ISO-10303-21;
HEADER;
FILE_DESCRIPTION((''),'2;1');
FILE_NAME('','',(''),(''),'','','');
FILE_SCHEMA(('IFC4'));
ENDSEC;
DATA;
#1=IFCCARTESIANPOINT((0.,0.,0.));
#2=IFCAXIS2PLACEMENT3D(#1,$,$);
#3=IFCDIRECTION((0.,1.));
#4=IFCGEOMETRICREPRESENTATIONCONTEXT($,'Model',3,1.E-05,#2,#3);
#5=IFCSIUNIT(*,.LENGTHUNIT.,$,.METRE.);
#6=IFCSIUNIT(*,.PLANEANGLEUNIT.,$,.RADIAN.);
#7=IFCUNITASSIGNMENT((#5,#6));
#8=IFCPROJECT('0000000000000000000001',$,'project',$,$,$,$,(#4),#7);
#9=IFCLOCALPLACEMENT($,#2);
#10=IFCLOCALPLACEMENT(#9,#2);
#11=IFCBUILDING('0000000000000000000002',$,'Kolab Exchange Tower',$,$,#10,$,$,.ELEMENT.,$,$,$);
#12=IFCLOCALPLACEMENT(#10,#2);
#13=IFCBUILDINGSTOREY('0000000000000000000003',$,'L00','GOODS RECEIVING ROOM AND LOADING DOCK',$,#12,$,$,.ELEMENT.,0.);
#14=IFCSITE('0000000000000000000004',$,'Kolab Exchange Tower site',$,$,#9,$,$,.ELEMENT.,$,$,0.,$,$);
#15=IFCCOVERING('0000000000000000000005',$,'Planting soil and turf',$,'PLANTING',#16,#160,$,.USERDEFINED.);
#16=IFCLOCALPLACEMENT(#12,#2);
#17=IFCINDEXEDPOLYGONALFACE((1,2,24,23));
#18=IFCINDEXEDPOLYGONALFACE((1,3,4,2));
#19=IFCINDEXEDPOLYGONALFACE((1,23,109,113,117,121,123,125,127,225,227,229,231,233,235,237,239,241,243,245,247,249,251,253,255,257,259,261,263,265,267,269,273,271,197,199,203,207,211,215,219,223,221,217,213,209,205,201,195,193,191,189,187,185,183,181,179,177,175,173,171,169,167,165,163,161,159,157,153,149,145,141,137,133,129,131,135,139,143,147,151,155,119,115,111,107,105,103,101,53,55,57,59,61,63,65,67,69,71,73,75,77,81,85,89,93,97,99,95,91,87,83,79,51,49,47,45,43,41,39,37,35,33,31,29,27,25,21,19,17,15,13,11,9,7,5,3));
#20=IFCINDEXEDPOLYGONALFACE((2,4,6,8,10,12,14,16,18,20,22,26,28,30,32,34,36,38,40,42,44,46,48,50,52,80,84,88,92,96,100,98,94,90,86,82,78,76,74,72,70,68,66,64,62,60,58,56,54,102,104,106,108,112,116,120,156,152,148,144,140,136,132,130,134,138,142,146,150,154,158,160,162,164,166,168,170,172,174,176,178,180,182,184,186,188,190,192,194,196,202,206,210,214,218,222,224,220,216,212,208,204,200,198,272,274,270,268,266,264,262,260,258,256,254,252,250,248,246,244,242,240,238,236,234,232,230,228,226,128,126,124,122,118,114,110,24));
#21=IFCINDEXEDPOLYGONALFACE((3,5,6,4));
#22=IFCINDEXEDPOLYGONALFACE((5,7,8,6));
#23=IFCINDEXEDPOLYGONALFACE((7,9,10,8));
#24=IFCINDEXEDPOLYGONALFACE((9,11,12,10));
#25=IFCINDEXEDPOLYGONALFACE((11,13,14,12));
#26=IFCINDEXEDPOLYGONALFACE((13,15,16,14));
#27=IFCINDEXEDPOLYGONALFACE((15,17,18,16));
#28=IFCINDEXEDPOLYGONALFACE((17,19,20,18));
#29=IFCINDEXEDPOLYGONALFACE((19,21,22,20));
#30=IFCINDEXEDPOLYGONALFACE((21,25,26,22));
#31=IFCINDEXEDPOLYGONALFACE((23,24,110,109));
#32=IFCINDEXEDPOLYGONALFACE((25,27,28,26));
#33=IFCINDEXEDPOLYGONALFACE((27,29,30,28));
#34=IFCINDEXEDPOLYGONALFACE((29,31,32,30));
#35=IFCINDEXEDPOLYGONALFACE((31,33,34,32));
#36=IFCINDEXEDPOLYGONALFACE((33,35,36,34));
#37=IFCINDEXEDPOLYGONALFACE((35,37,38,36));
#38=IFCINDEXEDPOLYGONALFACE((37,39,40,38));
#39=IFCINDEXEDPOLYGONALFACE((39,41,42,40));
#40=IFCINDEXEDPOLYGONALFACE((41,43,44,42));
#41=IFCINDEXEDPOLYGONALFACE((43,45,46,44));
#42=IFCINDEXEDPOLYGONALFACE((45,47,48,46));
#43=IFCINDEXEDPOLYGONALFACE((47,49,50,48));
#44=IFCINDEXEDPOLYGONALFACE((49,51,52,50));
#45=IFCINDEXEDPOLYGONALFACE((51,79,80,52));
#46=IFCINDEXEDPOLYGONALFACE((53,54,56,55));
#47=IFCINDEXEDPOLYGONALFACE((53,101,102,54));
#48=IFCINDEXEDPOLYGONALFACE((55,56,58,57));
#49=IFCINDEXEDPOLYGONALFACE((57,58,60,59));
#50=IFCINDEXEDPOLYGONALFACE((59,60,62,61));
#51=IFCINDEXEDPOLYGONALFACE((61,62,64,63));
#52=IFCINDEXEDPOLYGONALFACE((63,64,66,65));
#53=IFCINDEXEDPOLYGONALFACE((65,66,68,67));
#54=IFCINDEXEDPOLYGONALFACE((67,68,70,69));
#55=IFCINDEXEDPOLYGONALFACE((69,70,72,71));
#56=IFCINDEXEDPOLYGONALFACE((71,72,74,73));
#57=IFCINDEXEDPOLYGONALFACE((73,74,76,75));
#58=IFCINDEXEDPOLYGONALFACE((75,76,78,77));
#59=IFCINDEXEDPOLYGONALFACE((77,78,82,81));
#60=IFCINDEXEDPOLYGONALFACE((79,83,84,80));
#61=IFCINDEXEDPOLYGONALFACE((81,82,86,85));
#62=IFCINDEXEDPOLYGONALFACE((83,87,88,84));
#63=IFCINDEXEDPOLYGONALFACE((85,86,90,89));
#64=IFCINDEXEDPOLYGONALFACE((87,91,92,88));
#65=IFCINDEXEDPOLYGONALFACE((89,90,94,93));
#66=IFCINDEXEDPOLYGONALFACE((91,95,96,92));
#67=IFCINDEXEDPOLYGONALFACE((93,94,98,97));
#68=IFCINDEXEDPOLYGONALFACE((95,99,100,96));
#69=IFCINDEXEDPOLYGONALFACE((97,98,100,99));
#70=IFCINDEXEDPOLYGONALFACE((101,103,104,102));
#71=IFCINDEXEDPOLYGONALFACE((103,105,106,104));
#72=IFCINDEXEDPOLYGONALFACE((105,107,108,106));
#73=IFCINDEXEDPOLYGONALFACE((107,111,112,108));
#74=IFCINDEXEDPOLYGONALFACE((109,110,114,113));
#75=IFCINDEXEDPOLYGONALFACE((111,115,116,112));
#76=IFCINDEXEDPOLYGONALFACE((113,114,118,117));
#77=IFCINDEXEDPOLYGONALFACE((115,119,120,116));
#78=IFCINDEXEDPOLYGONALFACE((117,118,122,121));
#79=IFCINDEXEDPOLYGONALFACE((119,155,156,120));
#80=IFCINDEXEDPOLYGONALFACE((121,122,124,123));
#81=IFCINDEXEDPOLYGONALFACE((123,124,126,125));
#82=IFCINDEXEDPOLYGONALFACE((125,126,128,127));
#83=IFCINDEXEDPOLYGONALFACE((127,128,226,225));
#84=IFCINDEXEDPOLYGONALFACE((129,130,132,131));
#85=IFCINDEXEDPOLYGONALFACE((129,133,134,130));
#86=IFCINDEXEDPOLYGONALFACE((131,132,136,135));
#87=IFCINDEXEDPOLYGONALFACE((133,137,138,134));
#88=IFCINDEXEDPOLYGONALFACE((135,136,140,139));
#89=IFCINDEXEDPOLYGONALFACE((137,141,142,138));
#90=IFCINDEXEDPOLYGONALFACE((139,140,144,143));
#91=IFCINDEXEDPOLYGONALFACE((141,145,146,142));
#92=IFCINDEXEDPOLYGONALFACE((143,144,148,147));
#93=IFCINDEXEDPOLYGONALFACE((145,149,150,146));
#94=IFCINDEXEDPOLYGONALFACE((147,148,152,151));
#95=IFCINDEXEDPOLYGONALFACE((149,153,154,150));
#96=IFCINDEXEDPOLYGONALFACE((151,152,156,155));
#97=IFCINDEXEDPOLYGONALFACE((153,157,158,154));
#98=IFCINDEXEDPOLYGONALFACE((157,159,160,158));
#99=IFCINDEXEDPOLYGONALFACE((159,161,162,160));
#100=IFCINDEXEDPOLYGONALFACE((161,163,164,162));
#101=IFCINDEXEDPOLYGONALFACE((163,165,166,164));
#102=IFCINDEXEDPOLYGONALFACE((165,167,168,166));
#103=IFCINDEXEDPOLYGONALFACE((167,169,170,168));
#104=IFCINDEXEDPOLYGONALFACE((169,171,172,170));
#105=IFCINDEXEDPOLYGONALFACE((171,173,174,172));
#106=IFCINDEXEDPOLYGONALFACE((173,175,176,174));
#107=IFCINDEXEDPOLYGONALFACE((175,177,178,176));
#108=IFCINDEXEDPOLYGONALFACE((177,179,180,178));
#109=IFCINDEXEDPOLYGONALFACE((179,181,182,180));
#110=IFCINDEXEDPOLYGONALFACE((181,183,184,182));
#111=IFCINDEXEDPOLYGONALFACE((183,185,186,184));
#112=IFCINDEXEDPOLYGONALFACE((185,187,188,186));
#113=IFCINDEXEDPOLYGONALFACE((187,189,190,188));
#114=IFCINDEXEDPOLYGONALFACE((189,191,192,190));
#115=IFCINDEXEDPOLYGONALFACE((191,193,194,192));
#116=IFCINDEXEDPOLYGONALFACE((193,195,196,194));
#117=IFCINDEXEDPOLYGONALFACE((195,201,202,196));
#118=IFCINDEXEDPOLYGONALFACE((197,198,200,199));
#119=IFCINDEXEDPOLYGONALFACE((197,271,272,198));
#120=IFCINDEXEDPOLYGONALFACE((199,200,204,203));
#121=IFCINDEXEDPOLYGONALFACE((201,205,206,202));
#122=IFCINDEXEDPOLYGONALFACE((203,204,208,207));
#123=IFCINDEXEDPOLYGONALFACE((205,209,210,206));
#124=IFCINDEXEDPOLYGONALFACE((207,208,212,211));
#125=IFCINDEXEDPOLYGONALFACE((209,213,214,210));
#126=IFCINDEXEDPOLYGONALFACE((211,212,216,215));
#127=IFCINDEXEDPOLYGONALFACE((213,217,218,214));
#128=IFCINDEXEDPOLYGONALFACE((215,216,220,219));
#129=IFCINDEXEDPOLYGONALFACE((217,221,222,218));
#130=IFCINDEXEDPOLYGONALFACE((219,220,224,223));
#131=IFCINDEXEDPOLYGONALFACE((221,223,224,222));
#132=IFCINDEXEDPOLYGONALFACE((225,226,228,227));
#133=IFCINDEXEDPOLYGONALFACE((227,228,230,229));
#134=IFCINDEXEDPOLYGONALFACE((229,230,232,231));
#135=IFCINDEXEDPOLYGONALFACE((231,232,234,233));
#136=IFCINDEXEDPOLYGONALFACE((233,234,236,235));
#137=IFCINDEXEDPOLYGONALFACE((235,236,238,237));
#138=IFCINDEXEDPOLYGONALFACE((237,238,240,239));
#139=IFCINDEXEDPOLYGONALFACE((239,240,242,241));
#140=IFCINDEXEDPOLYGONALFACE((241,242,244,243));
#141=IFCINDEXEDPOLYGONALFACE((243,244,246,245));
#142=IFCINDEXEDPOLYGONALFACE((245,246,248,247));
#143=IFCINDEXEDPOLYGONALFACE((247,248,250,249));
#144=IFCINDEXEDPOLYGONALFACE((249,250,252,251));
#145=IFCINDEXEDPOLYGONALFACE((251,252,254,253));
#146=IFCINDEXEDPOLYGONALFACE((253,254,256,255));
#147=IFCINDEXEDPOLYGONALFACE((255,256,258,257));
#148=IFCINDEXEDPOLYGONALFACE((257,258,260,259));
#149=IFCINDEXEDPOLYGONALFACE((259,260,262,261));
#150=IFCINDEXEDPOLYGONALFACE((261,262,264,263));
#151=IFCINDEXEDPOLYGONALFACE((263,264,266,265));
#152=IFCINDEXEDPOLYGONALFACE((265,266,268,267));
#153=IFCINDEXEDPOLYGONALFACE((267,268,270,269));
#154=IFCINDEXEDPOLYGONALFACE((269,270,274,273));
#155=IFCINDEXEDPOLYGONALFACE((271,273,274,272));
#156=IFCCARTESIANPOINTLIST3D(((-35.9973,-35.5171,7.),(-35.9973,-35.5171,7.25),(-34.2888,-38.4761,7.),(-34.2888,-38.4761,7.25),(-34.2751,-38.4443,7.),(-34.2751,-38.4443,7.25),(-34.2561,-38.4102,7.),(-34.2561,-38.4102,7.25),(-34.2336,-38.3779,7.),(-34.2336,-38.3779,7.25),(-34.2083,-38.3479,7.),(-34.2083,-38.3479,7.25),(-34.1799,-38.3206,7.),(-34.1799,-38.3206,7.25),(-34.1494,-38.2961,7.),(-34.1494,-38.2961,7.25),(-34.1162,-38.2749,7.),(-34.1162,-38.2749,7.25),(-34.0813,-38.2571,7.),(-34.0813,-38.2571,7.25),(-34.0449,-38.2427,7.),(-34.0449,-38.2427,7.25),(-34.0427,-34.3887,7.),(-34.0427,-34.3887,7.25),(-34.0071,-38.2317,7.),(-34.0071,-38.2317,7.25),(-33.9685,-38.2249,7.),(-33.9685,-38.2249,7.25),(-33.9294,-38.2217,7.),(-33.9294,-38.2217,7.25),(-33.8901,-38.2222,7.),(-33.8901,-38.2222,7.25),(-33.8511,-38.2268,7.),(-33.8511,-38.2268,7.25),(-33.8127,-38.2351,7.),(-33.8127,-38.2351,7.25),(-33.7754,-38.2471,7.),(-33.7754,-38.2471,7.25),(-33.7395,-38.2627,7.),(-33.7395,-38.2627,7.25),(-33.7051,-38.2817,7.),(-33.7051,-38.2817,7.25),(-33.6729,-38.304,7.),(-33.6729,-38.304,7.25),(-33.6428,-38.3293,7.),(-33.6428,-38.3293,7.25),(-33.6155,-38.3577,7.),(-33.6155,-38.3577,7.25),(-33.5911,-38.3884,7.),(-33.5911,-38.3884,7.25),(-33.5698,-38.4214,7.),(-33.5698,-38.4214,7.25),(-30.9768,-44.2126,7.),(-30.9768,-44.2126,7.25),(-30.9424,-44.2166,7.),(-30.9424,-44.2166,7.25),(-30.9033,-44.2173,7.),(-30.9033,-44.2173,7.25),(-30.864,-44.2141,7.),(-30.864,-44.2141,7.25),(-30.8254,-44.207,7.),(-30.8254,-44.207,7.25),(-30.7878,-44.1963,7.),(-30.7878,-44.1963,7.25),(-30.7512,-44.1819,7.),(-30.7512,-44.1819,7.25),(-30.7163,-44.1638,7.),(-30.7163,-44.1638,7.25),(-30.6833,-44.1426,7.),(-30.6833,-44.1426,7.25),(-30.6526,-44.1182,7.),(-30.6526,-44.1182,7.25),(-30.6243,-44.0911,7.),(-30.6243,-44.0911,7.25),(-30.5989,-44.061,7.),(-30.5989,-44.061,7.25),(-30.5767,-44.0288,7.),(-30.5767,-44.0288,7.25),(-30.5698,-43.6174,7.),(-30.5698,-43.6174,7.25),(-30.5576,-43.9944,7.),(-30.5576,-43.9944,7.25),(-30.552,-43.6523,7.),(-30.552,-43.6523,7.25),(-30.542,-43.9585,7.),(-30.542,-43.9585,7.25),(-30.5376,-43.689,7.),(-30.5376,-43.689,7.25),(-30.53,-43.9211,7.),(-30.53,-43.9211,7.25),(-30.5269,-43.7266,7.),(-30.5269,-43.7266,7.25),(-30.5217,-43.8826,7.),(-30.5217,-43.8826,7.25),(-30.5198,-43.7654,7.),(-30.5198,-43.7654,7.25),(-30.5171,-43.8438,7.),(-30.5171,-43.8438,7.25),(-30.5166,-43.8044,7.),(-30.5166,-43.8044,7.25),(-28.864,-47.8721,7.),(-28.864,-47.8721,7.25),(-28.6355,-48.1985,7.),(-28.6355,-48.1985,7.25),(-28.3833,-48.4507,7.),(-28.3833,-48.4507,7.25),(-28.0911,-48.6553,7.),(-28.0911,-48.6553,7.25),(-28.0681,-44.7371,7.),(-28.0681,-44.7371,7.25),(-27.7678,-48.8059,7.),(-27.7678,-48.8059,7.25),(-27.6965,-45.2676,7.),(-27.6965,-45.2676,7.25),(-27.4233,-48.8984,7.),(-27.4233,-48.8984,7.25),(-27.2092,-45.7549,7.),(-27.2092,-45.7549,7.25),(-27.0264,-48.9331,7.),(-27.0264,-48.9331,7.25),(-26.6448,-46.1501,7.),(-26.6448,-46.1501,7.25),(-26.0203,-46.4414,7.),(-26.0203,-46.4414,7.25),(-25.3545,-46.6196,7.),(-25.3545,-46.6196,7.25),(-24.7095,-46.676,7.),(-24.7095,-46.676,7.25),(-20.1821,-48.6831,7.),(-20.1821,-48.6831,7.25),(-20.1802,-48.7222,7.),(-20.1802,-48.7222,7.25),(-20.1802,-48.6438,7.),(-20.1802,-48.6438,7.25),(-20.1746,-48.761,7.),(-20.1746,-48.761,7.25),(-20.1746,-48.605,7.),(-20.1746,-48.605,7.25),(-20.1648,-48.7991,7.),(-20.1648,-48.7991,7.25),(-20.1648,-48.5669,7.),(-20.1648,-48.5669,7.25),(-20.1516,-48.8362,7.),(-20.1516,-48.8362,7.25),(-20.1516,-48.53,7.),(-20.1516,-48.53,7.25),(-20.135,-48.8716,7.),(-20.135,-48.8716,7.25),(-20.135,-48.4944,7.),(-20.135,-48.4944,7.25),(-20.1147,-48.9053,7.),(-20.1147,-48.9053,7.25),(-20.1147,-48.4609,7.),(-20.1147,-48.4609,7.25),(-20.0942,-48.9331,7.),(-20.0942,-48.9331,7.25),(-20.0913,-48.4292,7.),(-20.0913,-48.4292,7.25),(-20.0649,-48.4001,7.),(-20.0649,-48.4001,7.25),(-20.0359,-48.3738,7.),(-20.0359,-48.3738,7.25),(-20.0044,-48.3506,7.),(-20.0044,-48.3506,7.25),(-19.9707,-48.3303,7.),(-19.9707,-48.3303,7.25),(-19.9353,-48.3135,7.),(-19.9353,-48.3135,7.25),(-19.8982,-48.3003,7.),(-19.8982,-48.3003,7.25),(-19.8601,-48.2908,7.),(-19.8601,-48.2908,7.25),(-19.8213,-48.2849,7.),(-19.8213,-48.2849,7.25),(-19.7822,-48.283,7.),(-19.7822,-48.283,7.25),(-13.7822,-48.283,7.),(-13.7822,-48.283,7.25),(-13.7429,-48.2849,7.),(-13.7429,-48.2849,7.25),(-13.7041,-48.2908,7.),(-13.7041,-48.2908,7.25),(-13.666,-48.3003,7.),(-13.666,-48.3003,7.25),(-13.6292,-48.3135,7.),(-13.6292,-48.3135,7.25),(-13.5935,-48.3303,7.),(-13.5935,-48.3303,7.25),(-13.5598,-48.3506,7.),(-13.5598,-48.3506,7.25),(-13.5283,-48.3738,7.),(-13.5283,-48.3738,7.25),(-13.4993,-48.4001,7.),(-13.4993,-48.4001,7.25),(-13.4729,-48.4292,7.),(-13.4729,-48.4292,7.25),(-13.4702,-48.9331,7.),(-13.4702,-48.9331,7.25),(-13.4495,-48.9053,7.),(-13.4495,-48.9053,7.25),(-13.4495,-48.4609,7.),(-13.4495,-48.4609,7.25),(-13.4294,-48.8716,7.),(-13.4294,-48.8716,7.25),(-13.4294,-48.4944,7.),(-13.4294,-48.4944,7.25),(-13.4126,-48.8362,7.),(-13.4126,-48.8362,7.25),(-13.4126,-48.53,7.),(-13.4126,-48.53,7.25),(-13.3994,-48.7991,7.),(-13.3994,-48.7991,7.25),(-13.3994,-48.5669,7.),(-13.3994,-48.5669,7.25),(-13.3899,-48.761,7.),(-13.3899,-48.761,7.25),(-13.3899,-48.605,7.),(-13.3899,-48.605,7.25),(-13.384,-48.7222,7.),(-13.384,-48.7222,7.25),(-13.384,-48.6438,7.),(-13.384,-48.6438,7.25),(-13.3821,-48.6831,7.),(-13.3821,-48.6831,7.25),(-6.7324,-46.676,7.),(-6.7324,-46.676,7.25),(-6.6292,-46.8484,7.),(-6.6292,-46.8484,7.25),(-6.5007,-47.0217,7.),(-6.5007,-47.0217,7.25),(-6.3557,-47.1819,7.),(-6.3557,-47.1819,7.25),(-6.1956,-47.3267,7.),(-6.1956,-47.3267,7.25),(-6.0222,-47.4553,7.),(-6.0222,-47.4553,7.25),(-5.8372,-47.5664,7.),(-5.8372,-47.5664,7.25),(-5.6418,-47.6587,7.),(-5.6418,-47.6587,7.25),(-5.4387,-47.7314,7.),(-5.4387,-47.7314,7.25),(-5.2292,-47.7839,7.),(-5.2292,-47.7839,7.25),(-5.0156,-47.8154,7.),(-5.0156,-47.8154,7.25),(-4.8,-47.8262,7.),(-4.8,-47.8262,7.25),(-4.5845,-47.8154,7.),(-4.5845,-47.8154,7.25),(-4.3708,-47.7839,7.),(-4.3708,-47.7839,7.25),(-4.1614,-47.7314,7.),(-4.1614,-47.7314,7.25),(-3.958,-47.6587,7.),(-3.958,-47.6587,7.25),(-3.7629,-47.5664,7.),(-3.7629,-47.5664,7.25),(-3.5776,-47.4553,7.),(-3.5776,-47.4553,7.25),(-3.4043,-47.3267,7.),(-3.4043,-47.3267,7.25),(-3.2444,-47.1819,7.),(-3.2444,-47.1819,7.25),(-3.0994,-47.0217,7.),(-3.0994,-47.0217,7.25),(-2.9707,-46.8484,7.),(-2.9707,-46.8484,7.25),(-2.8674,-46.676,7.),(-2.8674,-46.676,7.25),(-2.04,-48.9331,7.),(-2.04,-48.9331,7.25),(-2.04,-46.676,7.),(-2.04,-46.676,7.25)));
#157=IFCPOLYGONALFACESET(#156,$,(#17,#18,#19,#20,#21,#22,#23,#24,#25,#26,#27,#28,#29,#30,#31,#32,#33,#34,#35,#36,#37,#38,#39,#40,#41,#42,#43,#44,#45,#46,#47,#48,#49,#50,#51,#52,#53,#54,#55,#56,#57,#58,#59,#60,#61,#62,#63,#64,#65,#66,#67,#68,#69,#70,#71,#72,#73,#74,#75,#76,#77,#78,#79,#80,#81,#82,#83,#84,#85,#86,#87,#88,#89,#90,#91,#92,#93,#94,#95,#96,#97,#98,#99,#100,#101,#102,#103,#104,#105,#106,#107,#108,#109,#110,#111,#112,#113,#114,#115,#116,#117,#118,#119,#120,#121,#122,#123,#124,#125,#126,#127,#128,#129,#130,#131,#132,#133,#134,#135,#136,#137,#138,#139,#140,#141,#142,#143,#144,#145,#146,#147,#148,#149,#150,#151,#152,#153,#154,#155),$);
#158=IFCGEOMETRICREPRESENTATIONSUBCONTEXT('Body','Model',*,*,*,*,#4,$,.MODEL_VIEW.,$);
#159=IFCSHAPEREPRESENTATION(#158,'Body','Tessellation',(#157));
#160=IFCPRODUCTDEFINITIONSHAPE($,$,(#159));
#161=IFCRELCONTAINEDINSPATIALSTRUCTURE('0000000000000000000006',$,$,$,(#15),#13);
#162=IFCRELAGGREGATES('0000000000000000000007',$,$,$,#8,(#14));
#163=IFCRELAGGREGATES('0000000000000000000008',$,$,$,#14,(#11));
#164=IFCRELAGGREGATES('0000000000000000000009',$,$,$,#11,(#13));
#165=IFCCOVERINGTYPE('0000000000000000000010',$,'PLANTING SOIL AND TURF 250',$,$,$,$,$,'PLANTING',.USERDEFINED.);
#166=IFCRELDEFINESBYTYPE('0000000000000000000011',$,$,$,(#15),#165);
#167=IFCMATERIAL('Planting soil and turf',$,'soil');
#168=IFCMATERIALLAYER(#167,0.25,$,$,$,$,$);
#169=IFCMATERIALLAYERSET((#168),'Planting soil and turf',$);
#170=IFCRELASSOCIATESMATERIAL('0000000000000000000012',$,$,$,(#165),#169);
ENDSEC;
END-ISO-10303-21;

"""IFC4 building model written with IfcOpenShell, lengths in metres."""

from ifc_helpers import new_model, si_unit, direction, frame, origin, place, context, subcontext, project, spatial, polyline, outline, extrude, material, layer, layer_set, type_object, element, save


model = new_model("IFC4")

# Units and contexts
model_context = context("Model", 3, precision=1e-05, world=origin(), true_north=direction((0.0, 1.0)))
body_context = subcontext(model_context, "Body", "Model", "MODEL_VIEW")
ifc_project = project(units=[si_unit("LENGTHUNIT", "METRE"), si_unit("PLANEANGLEUNIT", "RADIAN")], contexts=[model_context])

# Site, building, storey
site_placement = place(None, origin())
site = spatial("IfcSite", under=ifc_project, at=site_placement, Name="Kolab Exchange Tower site", CompositionType="ELEMENT", RefElevation=0.0)
building_placement = place(site_placement, origin())
building = spatial("IfcBuilding", under=site, at=building_placement, Name="Kolab Exchange Tower", CompositionType="ELEMENT")
storey_placement = place(building_placement, origin())
storey = spatial("IfcBuildingStorey", under=building, at=storey_placement, Name="L00", Description="GOODS RECEIVING ROOM AND LOADING DOCK", CompositionType="ELEMENT", Elevation=0.0)

# Covering
ifc_material_1 = material(Name="Planting soil and turf", Category="soil")
ifc_layer_1 = layer(ifc_material_1, 0.25)
ifc_layer_set_1 = layer_set([ifc_layer_1], Name="Planting soil and turf")
covering_type_1 = type_object("IfcCoveringType", Name="PLANTING SOIL AND TURF 250", ElementType="PLANTING", PredefinedType="USERDEFINED", material=ifc_layer_set_1)
covering_1_placement = place(storey_placement, frame((0.0, 0.0, 7.0)))
element("IfcCovering", 1, at=covering_1_placement, inside=storey, type_object=covering_type_1, Name="Planting soil and turf", ObjectType="PLANTING", PredefinedType="USERDEFINED", context=body_context, shape_type="SweptSolid", body=[
    extrude(outline(polyline([(-28.0681, -44.7371), (-27.6965, -45.2676), (-27.2092, -45.7549), (-26.6448, -46.1501), (-26.0203, -46.4414), (-25.3545, -46.6196), (-24.7095, -46.676), (-6.7324, -46.676), (-6.6292, -46.8484), (-6.5007, -47.0217), (-6.3557, -47.1819), (-6.1956, -47.3267), (-6.0222, -47.4553), (-5.8372, -47.5664), (-5.6418, -47.6587), (-5.4387, -47.7314), (-5.2292, -47.7839), (-5.0156, -47.8154), (-4.8, -47.8262), (-4.5845, -47.8154), (-4.3708, -47.7839), (-4.1614, -47.7314), (-3.958, -47.6587), (-3.7629, -47.5664), (-3.5776, -47.4553), (-3.4043, -47.3267), (-3.2444, -47.1819), (-3.0994, -47.0217), (-2.9707, -46.8484), (-2.8674, -46.676), (-2.04, -46.676), (-2.04, -48.9331), (-13.4702, -48.9331), (-13.4495, -48.9053), (-13.4294, -48.8716), (-13.4126, -48.8362), (-13.3994, -48.7991), (-13.3899, -48.761), (-13.384, -48.7222), (-13.3821, -48.6831), (-13.384, -48.6438), (-13.3899, -48.605), (-13.3994, -48.5669), (-13.4126, -48.53), (-13.4294, -48.4944), (-13.4495, -48.4609), (-13.4729, -48.4292), (-13.4993, -48.4001), (-13.5283, -48.3738), (-13.5598, -48.3506), (-13.5935, -48.3303), (-13.6292, -48.3135), (-13.666, -48.3003), (-13.7041, -48.2908), (-13.7429, -48.2849), (-13.7822, -48.283), (-19.7822, -48.283), (-19.8213, -48.2849), (-19.8601, -48.2908), (-19.8982, -48.3003), (-19.9353, -48.3135), (-19.9707, -48.3303), (-20.0044, -48.3506), (-20.0359, -48.3738), (-20.0649, -48.4001), (-20.0913, -48.4292), (-20.1147, -48.4609), (-20.135, -48.4944), (-20.1516, -48.53), (-20.1648, -48.5669), (-20.1746, -48.605), (-20.1802, -48.6438), (-20.1821, -48.6831), (-20.1802, -48.7222), (-20.1746, -48.761), (-20.1648, -48.7991), (-20.1516, -48.8362), (-20.135, -48.8716), (-20.1147, -48.9053), (-20.0942, -48.9331), (-27.0264, -48.9331), (-27.4233, -48.8984), (-27.7678, -48.8059), (-28.0911, -48.6553), (-28.3833, -48.4507), (-28.6355, -48.1985), (-28.864, -47.8721), (-30.9768, -44.2126), (-30.9424, -44.2166), (-30.9033, -44.2173), (-30.864, -44.2141), (-30.8254, -44.207), (-30.7878, -44.1963), (-30.7512, -44.1819), (-30.7163, -44.1638), (-30.6833, -44.1426), (-30.6526, -44.1182), (-30.6243, -44.0911), (-30.5989, -44.061), (-30.5767, -44.0288), (-30.5576, -43.9944), (-30.542, -43.9585), (-30.53, -43.9211), (-30.5217, -43.8826), (-30.5171, -43.8438), (-30.5166, -43.8044), (-30.5198, -43.7654), (-30.5269, -43.7266), (-30.5376, -43.689), (-30.552, -43.6523), (-30.5698, -43.6174), (-33.5698, -38.4214), (-33.5911, -38.3884), (-33.6155, -38.3577), (-33.6428, -38.3293), (-33.6729, -38.304), (-33.7051, -38.2817), (-33.7395, -38.2627), (-33.7754, -38.2471), (-33.8127, -38.2351), (-33.8511, -38.2268), (-33.8901, -38.2222), (-33.9294, -38.2217), (-33.9685, -38.2249), (-34.0071, -38.2317), (-34.0449, -38.2427), (-34.0813, -38.2571), (-34.1162, -38.2749), (-34.1494, -38.2961), (-34.1799, -38.3206), (-34.2083, -38.3479), (-34.2336, -38.3779), (-34.2561, -38.4102), (-34.2751, -38.4443), (-34.2888, -38.4761), (-35.9973, -35.5171), (-34.0427, -34.3887), (-28.0681, -44.7371)])), origin(), (0.0, 0.0, 1.0), 0.25),
])

save(model, "model.ifc")
